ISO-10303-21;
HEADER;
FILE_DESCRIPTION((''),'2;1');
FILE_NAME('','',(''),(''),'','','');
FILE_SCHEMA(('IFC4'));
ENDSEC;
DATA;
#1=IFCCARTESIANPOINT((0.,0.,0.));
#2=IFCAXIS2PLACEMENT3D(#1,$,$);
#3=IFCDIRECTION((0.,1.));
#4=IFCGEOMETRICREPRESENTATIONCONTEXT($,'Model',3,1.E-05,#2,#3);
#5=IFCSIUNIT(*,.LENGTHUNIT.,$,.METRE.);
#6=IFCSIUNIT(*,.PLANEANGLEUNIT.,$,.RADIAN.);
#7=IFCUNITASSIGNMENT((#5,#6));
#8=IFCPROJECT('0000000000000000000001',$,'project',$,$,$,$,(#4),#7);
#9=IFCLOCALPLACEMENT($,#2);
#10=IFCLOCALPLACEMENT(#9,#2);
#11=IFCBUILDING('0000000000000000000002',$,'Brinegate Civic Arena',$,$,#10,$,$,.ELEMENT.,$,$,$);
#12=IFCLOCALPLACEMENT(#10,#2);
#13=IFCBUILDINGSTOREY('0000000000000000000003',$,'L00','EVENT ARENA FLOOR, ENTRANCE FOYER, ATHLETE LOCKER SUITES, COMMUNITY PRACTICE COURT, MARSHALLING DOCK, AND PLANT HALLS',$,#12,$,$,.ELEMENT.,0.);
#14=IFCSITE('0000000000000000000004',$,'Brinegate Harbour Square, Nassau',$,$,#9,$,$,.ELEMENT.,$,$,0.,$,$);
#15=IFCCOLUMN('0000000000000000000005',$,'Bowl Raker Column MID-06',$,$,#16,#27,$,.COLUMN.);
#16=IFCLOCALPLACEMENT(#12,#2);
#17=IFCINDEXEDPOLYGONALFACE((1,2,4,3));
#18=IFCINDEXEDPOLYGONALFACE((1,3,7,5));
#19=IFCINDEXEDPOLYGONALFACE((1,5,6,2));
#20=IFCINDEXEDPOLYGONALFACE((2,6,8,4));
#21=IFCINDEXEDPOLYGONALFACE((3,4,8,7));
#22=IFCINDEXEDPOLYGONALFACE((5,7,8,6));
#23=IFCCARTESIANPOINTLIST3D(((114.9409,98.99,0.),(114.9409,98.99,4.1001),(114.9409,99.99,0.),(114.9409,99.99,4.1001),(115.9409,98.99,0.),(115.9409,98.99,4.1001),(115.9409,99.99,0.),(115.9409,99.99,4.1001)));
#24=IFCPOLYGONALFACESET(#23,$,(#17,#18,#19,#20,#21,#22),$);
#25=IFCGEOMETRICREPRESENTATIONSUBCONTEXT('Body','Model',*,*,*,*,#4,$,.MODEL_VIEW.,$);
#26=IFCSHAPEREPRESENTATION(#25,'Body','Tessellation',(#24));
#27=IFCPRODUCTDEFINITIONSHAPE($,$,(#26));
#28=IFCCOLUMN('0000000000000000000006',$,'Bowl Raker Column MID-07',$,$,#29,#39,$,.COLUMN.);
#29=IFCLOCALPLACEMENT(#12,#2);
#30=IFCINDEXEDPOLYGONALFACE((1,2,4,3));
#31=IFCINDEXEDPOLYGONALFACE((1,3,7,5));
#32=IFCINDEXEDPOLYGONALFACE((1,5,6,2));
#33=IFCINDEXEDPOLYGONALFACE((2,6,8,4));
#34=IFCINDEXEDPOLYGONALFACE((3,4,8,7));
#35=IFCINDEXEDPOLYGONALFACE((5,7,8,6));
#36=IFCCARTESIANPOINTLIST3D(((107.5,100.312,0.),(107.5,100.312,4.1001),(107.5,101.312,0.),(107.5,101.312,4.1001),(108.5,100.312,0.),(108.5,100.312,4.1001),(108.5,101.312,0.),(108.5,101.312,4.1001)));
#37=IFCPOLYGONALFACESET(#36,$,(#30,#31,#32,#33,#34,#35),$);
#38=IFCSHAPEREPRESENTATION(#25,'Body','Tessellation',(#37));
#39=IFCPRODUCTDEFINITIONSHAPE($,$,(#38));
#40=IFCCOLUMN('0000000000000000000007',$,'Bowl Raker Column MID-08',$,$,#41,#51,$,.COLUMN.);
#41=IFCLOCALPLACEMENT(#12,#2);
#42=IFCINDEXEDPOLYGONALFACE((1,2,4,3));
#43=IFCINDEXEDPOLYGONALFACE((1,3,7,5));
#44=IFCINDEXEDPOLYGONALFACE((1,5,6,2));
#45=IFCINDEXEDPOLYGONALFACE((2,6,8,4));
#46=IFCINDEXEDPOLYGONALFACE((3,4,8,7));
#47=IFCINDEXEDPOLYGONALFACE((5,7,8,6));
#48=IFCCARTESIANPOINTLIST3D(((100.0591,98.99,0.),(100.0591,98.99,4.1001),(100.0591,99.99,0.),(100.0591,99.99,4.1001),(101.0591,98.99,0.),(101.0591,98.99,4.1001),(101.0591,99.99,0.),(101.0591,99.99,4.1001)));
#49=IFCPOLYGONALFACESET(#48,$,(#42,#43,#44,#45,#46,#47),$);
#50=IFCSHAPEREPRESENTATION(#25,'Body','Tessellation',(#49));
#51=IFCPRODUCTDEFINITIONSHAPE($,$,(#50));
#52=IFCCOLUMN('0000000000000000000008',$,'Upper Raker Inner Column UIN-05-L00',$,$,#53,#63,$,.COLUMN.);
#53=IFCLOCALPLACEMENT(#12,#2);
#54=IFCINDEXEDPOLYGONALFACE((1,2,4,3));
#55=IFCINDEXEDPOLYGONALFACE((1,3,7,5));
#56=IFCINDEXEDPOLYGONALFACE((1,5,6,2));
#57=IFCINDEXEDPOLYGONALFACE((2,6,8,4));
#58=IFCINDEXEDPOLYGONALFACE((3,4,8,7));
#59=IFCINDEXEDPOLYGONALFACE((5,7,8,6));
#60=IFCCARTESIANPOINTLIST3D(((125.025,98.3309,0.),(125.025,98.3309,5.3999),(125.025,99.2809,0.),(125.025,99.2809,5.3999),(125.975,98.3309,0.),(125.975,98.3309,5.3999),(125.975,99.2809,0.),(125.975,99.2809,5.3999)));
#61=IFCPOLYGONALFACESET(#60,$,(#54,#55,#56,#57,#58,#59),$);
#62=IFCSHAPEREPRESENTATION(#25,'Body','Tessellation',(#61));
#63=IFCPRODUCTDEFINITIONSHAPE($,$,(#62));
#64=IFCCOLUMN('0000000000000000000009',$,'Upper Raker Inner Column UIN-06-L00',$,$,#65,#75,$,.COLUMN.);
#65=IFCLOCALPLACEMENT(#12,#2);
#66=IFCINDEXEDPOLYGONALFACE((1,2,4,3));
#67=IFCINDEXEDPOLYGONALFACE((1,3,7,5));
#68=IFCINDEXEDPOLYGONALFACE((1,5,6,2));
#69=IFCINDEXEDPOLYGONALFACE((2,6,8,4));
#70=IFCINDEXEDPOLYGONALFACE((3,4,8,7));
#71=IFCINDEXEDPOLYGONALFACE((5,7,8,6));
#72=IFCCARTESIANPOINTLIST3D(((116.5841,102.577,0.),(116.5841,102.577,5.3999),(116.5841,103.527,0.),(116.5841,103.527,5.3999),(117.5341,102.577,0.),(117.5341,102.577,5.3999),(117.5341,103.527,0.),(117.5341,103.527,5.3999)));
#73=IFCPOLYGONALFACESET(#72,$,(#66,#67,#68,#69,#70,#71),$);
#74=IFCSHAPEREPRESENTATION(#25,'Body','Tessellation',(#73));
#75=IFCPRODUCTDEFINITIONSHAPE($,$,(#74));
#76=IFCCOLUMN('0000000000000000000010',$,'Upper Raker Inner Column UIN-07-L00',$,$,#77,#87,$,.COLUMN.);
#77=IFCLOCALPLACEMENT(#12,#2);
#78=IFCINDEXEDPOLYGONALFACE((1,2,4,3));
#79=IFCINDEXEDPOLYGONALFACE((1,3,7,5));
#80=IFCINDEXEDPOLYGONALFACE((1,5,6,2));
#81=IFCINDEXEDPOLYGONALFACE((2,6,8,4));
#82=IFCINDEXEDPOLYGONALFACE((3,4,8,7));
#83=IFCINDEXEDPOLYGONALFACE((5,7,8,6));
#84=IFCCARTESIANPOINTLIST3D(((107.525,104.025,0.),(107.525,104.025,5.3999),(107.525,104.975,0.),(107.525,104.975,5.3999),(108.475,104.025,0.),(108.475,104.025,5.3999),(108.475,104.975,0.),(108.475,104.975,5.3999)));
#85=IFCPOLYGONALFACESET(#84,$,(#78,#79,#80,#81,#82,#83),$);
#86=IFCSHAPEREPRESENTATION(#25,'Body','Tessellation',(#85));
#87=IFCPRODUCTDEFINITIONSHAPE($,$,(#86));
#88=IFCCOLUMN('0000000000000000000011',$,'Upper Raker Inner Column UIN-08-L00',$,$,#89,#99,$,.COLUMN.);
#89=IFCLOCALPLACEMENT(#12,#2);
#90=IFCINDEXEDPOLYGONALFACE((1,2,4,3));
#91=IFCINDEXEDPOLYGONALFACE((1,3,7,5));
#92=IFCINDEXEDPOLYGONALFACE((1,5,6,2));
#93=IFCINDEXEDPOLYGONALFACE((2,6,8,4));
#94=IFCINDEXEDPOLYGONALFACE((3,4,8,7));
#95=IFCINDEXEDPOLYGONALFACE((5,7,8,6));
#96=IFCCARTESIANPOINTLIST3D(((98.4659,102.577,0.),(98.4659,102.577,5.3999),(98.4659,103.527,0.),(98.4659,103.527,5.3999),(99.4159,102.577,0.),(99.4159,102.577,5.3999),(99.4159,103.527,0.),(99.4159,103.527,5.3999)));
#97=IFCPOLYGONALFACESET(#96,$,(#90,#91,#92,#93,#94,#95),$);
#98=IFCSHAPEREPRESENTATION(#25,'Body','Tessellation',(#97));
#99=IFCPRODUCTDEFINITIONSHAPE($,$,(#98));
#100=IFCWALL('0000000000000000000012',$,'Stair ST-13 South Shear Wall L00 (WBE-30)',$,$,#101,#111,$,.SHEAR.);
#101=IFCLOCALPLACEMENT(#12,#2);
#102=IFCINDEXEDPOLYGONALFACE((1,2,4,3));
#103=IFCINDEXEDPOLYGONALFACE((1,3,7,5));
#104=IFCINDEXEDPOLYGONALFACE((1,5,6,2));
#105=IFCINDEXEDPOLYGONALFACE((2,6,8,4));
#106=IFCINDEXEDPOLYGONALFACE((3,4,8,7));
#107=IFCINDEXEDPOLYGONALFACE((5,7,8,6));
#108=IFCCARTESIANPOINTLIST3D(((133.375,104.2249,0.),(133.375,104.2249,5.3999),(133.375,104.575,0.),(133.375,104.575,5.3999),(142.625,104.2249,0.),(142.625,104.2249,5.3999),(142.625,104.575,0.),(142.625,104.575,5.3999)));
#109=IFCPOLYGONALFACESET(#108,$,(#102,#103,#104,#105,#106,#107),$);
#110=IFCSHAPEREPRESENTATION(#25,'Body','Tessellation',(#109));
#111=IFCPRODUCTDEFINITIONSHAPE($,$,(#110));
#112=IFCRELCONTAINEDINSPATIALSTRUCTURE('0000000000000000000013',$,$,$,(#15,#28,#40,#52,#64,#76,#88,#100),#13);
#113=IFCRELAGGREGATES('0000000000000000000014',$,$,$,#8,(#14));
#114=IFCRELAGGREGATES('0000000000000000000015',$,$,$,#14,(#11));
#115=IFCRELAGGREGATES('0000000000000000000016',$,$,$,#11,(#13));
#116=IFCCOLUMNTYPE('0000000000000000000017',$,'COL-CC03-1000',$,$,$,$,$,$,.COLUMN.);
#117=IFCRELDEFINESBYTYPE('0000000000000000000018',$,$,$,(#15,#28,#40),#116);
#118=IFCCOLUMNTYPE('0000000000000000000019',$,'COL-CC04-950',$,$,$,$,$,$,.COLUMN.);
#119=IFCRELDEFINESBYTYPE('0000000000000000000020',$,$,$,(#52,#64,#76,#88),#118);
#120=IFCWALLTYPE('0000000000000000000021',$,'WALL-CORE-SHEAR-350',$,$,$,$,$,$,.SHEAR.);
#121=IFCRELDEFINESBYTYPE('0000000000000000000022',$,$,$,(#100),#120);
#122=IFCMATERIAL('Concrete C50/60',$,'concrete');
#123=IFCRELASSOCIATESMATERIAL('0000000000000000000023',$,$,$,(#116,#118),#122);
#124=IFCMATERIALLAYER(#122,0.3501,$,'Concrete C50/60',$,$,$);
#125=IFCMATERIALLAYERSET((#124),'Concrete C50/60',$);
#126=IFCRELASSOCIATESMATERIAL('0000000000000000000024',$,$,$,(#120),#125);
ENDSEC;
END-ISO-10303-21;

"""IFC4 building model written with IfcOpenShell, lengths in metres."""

from ifc_helpers import new_model, si_unit, direction, frame, frame_2d, origin, origin_2d, place, context, subcontext, project, spatial, rectangle, extrude, material, layer, layer_set, material_profile, profile_set, type_object, element, save


model = new_model("IFC4")

# Units and contexts
model_context = context("Model", 3, precision=1e-05, world=origin(), true_north=direction((0.0, 1.0)))
body_context = subcontext(model_context, "Body", "Model", "MODEL_VIEW")
ifc_project = project(units=[si_unit("LENGTHUNIT", "METRE"), si_unit("PLANEANGLEUNIT", "RADIAN")], contexts=[model_context])

# Site, building, storey
site_placement = place(None, origin())
site = spatial("IfcSite", under=ifc_project, at=site_placement, Name="Brinegate Harbour Square, Nassau", CompositionType="ELEMENT", RefElevation=0.0)
building_placement = place(site_placement, origin())
building = spatial("IfcBuilding", under=site, at=building_placement, Name="Brinegate Civic Arena", CompositionType="ELEMENT")
storey_placement = place(building_placement, origin())
storey = spatial("IfcBuildingStorey", under=building, at=storey_placement, Name="L00", Description="EVENT ARENA FLOOR, ENTRANCE FOYER, ATHLETE LOCKER SUITES, COMMUNITY PRACTICE COURT, MARSHALLING DOCK, AND PLANT HALLS", CompositionType="ELEMENT", Elevation=0.0)

# Columns
ifc_material_1 = material(Name="Concrete C50/60", Category="concrete")
ifc_material_profile_1 = material_profile(ifc_material_1, rectangle(XDim=1.0, YDim=1.0, at=origin_2d()), Name="RC1000X1000")
ifc_profile_set_1 = profile_set([ifc_material_profile_1], Name="Concrete C50/60")
column_type_1 = type_object("IfcColumnType", Name="COL-CC03-1000", PredefinedType="COLUMN", material=ifc_profile_set_1)
for number, where, z_axis, x_axis, name in (
    (1, (115.4409, 99.49, 0.0), (0.0, 0.0, 1.0), (1.0, 0.0, 0.0), "Bowl Raker Column MID-06"),
    (2, (108.0, 100.812, 0.0), (0.0, 0.0, 1.0), (1.0, 0.0, 0.0), "Bowl Raker Column MID-07"),
    (3, (100.5591, 99.49, 0.0), (0.0, 0.0, 1.0), (1.0, 0.0, 0.0), "Bowl Raker Column MID-08"),
):
    element("IfcColumn", number, at=place(storey_placement, frame(where, z_axis=z_axis, x_axis=x_axis)), inside=storey, type_object=column_type_1, Name=name, PredefinedType="COLUMN", context=body_context, shape_type="SweptSolid", body=[
        extrude(rectangle(XDim=1.0, YDim=1.0, at=origin_2d()), origin(), (0.0, 0.0, 1.0), 4.1001),
    ])
ifc_material_profile_2 = material_profile(ifc_material_1, rectangle(XDim=0.95, YDim=0.95, at=origin_2d()), Name="RC950X950")
ifc_profile_set_2 = profile_set([ifc_material_profile_2], Name="Concrete C50/60")
column_type_2 = type_object("IfcColumnType", Name="COL-CC04-950", PredefinedType="COLUMN", material=ifc_profile_set_2)
for number, where, z_axis, x_axis, name in (
    (4, (125.5, 98.8059, 0.0), (0.0, 0.0, 1.0), (1.0, 0.0, 0.0), "Upper Raker Inner Column UIN-05-L00"),
    (5, (117.0591, 103.052, 0.0), (0.0, 0.0, 1.0), (1.0, 0.0, 0.0), "Upper Raker Inner Column UIN-06-L00"),
    (6, (108.0, 104.5, 0.0), (0.0, 0.0, 1.0), (1.0, 0.0, 0.0), "Upper Raker Inner Column UIN-07-L00"),
    (7, (98.9409, 103.052, 0.0), (0.0, 0.0, 1.0), (1.0, 0.0, 0.0), "Upper Raker Inner Column UIN-08-L00"),
):
    element("IfcColumn", number, at=place(storey_placement, frame(where, z_axis=z_axis, x_axis=x_axis)), inside=storey, type_object=column_type_2, Name=name, PredefinedType="COLUMN", context=body_context, shape_type="SweptSolid", body=[
        extrude(rectangle(XDim=0.95, YDim=0.95, at=origin_2d()), origin(), (0.0, 0.0, 1.0), 5.3999),
    ])

# Wall
ifc_layer_1 = layer(ifc_material_1, 0.3501, Name="Concrete C50/60")
ifc_layer_set_1 = layer_set([ifc_layer_1], Name="Concrete C50/60")
wall_type = type_object("IfcWallType", Name="WALL-CORE-SHEAR-350", PredefinedType="SHEAR", material=ifc_layer_set_1)
wall_placement = place(storey_placement, frame((133.375, 104.3999, 0.0), z_axis=(0.0, 0.0, 1.0), x_axis=(1.0, 0.0, 0.0)))
element("IfcWall", 8, at=wall_placement, inside=storey, type_object=wall_type, Name="Stair ST-13 South Shear Wall L00 (WBE-30)", PredefinedType="SHEAR", context=body_context, shape_type="SweptSolid", body=[
    extrude(rectangle(XDim=9.25, YDim=0.3501, at=frame_2d((4.625, 0.0))), origin(), (0.0, 0.0, 1.0), 5.3999),
])

save(model, "model.ifc")
